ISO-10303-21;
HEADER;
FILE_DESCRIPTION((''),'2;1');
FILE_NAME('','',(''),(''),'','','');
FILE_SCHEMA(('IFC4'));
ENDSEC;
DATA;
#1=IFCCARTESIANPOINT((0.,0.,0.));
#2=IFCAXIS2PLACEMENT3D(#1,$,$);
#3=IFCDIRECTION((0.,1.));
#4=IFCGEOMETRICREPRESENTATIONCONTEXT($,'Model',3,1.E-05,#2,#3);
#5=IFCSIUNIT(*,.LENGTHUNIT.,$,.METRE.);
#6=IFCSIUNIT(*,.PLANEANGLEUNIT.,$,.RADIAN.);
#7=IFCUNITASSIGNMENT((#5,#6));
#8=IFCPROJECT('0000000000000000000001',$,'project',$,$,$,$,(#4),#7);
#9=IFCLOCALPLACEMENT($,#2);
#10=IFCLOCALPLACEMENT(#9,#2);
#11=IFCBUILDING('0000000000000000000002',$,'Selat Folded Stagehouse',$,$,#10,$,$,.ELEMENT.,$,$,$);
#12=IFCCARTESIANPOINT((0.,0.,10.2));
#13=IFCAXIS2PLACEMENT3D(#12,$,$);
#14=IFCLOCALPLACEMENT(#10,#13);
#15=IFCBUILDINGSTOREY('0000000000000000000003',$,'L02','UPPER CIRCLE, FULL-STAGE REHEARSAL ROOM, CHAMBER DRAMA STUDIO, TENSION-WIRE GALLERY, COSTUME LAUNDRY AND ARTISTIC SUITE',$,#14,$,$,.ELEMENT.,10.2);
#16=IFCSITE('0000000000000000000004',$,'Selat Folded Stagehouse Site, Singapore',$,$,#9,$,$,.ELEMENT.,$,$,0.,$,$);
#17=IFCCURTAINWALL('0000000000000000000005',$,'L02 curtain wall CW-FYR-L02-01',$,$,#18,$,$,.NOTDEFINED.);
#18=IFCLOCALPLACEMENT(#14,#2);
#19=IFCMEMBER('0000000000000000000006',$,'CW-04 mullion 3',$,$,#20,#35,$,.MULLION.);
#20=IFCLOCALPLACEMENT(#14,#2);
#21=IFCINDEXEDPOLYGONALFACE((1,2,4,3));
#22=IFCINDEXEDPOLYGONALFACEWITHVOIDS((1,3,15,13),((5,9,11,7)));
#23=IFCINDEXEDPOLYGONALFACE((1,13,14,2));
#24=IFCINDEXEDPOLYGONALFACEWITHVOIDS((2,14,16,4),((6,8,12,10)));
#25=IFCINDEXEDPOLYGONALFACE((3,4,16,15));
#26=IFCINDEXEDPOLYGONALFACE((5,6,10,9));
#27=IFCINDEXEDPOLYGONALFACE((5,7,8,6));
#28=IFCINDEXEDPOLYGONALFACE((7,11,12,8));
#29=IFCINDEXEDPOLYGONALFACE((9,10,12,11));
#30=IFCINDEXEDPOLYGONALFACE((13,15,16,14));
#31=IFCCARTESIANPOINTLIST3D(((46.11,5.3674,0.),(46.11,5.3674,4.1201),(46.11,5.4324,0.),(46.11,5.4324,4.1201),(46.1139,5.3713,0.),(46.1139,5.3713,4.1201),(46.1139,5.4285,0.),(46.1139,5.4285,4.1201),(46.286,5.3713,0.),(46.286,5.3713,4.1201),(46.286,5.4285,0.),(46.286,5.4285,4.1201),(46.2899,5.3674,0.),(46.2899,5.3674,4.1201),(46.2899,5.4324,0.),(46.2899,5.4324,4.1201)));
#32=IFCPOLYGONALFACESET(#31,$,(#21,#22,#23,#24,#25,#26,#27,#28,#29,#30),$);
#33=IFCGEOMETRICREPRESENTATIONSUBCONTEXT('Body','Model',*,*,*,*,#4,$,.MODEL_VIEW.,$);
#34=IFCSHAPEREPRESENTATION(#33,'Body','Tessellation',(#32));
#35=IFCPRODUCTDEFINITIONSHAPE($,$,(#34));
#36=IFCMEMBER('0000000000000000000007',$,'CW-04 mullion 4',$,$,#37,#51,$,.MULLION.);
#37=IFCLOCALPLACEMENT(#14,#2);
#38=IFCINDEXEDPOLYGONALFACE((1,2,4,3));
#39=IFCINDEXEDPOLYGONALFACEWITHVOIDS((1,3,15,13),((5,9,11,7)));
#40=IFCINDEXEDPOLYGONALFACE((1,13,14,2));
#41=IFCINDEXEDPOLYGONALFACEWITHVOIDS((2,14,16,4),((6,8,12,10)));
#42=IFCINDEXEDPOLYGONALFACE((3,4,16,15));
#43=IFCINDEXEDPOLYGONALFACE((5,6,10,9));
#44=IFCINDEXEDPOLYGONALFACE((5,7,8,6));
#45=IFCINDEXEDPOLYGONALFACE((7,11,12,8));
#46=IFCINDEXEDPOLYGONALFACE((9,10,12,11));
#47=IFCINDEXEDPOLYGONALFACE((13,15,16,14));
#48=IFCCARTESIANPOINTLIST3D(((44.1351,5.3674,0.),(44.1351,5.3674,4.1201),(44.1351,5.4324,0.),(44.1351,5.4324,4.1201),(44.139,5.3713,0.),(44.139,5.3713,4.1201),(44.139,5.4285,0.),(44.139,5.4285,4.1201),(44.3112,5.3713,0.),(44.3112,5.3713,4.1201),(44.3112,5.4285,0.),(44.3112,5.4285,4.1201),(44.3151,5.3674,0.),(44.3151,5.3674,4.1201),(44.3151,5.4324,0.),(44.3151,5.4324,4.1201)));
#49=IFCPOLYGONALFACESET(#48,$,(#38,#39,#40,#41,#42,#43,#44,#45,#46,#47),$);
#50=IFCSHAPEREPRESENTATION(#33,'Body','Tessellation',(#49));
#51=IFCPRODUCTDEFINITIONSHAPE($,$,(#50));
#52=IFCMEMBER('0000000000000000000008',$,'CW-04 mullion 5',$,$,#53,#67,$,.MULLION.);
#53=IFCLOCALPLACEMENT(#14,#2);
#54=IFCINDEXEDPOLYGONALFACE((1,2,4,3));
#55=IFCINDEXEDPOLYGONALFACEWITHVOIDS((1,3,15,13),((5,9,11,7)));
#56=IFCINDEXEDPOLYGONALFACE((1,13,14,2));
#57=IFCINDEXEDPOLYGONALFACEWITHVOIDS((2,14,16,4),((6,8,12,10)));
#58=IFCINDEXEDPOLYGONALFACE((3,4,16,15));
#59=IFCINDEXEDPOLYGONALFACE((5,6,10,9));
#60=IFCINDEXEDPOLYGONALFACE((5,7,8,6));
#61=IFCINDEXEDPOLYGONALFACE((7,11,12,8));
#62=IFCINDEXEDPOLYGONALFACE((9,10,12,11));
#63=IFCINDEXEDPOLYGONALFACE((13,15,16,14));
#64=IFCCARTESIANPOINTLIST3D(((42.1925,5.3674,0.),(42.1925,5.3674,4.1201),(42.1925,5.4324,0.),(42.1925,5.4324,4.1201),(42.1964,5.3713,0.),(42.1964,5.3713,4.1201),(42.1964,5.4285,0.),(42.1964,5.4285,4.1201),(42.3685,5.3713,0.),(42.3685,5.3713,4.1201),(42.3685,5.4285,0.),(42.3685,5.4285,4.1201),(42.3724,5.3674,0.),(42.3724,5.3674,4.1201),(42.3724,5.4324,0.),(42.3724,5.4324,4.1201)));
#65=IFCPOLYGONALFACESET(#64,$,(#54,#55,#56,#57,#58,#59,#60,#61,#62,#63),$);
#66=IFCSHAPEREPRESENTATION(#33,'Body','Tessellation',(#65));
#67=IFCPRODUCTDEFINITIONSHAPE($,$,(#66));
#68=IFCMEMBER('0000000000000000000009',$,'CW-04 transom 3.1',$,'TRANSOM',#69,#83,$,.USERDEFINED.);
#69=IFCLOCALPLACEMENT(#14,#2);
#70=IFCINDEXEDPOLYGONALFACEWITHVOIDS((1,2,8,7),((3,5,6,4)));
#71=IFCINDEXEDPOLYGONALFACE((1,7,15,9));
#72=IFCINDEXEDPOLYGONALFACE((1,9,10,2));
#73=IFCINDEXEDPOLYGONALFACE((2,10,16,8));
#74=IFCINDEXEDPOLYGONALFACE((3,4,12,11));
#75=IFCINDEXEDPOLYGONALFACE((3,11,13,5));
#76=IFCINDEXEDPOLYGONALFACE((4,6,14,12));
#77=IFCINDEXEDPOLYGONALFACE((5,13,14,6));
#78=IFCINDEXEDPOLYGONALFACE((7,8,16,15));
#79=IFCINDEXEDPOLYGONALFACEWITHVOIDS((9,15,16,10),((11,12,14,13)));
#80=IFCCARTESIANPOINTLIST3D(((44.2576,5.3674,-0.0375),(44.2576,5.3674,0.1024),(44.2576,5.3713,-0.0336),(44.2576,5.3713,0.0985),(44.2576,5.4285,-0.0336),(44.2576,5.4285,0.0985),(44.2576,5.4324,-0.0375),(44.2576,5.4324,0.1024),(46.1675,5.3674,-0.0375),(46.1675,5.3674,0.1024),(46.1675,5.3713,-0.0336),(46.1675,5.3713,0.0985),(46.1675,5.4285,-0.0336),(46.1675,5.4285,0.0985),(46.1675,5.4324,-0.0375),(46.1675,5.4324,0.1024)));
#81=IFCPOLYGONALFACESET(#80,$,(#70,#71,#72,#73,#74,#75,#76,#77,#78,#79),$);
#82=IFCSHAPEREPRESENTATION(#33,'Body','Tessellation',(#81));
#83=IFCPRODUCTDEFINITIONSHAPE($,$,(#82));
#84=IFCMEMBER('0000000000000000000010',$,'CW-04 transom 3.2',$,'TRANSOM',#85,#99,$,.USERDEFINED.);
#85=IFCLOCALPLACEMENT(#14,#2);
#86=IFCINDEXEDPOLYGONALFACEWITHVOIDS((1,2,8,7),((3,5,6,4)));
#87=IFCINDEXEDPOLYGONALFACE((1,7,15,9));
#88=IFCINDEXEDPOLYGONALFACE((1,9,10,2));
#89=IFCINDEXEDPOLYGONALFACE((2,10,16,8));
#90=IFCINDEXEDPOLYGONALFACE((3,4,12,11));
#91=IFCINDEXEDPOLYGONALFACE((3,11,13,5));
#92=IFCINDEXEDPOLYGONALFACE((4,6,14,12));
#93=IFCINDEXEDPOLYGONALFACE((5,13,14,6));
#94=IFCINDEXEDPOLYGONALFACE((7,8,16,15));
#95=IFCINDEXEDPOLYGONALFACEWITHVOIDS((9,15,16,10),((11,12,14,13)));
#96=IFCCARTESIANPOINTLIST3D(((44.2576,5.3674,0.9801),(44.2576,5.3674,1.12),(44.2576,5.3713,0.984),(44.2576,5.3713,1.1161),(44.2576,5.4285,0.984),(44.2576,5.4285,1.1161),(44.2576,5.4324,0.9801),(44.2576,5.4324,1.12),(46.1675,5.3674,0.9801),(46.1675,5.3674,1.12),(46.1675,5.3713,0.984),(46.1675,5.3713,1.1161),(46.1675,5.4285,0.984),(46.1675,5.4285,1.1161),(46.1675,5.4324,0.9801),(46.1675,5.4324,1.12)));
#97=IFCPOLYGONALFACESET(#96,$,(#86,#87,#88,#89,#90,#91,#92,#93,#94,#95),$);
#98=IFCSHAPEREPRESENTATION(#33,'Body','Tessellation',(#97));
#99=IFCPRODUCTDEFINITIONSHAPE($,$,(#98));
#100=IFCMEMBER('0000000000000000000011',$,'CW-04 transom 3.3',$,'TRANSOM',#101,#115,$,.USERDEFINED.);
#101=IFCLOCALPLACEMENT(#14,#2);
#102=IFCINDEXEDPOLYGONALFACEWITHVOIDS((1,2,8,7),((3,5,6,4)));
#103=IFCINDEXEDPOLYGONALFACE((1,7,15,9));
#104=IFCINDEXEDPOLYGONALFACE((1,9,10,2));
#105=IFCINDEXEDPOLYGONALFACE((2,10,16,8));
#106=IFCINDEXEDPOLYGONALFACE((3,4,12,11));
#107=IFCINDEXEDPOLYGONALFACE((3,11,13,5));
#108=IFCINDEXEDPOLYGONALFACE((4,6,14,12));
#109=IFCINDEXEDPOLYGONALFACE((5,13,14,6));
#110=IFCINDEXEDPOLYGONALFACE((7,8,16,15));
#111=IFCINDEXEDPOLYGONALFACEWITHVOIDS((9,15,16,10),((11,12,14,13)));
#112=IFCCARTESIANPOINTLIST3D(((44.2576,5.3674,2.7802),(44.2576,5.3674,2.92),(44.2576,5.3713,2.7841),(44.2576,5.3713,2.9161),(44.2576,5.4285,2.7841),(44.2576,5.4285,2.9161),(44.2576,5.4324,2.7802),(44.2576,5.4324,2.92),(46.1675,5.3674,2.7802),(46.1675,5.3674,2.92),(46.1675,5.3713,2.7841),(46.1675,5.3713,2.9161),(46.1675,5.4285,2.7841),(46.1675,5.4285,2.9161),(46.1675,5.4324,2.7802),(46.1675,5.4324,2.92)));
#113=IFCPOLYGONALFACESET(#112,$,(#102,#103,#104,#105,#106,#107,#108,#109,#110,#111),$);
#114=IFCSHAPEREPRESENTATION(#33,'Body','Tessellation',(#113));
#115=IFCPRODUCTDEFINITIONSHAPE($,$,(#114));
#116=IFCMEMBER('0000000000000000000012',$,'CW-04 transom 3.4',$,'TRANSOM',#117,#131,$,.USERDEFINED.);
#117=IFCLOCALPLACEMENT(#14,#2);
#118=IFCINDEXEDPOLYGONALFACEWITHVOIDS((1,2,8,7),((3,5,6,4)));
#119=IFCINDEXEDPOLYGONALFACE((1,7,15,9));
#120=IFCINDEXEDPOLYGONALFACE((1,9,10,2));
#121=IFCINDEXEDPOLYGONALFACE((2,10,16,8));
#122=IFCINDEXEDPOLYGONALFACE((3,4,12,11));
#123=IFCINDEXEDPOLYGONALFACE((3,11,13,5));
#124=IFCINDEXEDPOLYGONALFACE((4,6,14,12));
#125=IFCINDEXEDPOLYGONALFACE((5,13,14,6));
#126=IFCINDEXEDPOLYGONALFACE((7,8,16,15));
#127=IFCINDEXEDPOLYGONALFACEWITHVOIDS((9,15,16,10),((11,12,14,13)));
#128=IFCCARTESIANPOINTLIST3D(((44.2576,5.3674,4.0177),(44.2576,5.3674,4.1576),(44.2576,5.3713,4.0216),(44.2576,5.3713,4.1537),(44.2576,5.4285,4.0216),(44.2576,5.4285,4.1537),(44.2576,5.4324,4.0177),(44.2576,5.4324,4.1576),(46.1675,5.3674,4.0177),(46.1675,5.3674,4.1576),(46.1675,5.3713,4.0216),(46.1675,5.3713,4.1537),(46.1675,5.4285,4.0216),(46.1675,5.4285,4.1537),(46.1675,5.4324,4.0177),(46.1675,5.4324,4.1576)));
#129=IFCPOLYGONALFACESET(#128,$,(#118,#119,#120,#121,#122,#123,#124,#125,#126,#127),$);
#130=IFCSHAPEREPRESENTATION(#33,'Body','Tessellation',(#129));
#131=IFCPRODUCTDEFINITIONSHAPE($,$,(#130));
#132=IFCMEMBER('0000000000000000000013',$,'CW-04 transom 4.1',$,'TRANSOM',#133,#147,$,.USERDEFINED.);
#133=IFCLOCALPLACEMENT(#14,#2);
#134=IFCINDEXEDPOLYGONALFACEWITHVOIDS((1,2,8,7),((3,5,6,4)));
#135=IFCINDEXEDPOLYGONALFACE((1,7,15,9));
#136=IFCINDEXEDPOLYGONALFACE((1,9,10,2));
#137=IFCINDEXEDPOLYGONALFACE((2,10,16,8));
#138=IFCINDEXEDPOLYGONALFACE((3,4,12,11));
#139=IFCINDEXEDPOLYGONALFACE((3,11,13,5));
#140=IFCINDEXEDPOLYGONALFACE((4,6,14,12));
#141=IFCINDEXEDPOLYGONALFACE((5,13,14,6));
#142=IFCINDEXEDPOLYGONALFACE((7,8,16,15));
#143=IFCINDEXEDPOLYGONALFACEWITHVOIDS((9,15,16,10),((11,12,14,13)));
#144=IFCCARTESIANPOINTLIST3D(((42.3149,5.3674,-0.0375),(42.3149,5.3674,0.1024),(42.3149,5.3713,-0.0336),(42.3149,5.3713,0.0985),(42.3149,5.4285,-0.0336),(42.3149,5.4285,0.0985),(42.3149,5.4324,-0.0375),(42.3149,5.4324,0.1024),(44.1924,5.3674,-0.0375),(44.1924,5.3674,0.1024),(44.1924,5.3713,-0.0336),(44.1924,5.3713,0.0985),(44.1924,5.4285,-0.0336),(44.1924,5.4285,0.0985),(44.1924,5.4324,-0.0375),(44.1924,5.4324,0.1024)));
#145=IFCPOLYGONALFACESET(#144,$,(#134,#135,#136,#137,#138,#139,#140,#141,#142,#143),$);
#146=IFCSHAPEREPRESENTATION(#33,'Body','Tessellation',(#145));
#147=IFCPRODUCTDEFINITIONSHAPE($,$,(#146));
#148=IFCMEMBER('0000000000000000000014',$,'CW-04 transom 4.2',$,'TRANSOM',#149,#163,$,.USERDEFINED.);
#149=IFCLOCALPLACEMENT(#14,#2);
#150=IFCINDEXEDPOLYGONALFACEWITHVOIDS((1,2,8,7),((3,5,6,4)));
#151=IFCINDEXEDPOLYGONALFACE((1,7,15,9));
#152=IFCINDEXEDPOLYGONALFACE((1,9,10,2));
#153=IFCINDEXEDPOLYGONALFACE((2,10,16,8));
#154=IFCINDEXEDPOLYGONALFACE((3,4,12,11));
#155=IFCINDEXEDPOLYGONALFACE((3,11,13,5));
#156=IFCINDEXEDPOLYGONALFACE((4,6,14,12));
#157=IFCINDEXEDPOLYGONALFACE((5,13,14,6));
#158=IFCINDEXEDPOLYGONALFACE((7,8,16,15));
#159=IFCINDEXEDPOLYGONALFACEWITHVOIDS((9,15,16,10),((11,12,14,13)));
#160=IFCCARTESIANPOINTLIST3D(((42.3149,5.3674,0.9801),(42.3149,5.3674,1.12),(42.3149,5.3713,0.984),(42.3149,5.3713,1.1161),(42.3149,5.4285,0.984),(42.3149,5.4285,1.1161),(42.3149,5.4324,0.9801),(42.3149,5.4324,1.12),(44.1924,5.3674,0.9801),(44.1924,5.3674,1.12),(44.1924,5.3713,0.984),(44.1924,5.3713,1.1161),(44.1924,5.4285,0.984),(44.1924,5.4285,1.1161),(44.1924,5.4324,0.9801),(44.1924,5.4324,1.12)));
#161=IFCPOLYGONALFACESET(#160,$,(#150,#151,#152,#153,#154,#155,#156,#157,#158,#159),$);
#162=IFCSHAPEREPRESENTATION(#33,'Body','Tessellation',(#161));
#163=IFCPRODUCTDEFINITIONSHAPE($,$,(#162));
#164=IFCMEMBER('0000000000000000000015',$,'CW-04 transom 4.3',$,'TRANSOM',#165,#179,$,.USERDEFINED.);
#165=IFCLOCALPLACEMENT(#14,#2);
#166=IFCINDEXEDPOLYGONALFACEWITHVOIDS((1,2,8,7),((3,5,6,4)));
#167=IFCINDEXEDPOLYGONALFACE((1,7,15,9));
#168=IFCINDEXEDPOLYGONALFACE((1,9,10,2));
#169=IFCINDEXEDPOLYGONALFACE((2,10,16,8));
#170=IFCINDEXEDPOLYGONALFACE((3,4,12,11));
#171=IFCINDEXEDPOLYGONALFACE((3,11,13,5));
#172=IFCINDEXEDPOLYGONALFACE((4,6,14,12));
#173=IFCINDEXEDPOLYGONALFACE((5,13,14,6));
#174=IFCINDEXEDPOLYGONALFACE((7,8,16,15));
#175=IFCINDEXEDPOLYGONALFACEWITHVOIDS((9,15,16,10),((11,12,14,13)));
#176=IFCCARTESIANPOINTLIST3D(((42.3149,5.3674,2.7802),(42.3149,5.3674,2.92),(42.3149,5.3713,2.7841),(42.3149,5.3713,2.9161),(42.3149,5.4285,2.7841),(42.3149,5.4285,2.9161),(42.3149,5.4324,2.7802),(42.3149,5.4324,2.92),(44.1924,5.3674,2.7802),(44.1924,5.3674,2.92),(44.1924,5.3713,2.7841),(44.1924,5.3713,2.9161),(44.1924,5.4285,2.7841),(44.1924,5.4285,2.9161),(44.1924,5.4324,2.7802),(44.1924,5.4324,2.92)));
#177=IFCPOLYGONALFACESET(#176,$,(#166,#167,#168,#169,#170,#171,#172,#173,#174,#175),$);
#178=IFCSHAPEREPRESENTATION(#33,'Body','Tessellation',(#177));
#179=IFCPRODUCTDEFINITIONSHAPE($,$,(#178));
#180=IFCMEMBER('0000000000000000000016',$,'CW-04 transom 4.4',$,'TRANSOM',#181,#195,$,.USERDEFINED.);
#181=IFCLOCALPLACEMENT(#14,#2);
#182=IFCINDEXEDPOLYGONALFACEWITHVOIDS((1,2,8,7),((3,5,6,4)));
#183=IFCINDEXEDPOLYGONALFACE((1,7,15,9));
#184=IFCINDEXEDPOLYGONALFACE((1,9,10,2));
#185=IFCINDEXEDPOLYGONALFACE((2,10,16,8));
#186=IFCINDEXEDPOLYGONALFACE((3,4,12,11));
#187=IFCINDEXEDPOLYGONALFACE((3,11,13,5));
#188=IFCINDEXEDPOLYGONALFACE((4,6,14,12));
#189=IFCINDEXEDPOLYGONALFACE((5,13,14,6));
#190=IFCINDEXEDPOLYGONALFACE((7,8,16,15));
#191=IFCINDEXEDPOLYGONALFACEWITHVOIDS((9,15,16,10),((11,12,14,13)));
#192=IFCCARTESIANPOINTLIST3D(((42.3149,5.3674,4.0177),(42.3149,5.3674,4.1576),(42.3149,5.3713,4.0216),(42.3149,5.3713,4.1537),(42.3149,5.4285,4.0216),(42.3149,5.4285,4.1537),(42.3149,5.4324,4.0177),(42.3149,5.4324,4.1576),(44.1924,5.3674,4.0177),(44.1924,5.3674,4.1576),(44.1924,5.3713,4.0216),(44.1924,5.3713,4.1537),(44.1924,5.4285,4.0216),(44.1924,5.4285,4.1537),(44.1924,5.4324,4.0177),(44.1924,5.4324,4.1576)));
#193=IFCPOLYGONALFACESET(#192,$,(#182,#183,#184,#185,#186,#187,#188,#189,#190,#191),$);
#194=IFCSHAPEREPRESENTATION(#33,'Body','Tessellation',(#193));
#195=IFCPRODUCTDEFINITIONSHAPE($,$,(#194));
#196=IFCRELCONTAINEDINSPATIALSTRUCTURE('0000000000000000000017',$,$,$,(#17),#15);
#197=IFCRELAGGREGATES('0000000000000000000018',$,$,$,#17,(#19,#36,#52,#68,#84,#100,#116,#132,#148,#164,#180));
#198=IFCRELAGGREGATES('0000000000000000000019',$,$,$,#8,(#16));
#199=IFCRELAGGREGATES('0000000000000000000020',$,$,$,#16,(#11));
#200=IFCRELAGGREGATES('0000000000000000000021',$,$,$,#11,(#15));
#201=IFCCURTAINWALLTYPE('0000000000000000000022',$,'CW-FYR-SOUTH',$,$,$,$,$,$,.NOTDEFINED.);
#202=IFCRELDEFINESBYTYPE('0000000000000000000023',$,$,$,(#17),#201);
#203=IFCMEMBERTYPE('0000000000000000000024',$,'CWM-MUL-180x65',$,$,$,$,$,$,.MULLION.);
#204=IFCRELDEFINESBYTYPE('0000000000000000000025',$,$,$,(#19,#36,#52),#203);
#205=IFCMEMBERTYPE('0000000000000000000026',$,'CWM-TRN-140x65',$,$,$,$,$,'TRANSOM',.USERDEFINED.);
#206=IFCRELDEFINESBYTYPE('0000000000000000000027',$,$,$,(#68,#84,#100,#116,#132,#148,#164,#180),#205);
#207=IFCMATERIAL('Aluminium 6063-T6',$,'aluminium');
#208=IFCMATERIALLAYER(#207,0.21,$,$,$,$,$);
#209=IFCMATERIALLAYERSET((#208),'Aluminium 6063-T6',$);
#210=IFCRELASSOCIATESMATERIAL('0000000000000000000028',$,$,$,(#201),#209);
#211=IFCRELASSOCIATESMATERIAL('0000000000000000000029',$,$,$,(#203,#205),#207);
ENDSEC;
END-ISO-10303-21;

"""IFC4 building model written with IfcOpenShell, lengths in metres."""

from ifc_helpers import new_model, si_unit, direction, frame, origin, origin_2d, place, context, subcontext, project, spatial, hollow_rectangle, extrude, material, layer, layer_set, material_profile, profile_set, type_object, element, aggregate, save


model = new_model("IFC4")

# Units and contexts
model_context = context("Model", 3, precision=1e-05, world=origin(), true_north=direction((0.0, 1.0)))
body_context = subcontext(model_context, "Body", "Model", "MODEL_VIEW")
ifc_project = project(units=[si_unit("LENGTHUNIT", "METRE"), si_unit("PLANEANGLEUNIT", "RADIAN")], contexts=[model_context])

# Site, building, storey
site_placement = place(None, origin())
site = spatial("IfcSite", under=ifc_project, at=site_placement, Name="Selat Folded Stagehouse Site, Singapore", CompositionType="ELEMENT", RefElevation=0.0)
building_placement = place(site_placement, origin())
building = spatial("IfcBuilding", under=site, at=building_placement, Name="Selat Folded Stagehouse", CompositionType="ELEMENT")
storey_placement = place(building_placement, frame((0.0, 0.0, 10.2)))
storey = spatial("IfcBuildingStorey", under=building, at=storey_placement, Name="L02", Description="UPPER CIRCLE, FULL-STAGE REHEARSAL ROOM, CHAMBER DRAMA STUDIO, TENSION-WIRE GALLERY, COSTUME LAUNDRY AND ARTISTIC SUITE", CompositionType="ELEMENT", Elevation=10.2)

# Curtain wall, members
ifc_material_1 = material(Name="Aluminium 6063-T6", Category="aluminium")
ifc_layer_1 = layer(ifc_material_1, 0.21)
ifc_layer_set_1 = layer_set([ifc_layer_1], Name="Aluminium 6063-T6")
curtain_wall_type = type_object("IfcCurtainWallType", Name="CW-FYR-SOUTH", PredefinedType="NOTDEFINED", material=ifc_layer_set_1)
curtain_wall_placement = place(storey_placement, origin())
curtain_wall = element("IfcCurtainWall", 1, at=curtain_wall_placement, inside=storey, type_object=curtain_wall_type, Name="L02 curtain wall CW-FYR-L02-01", PredefinedType="NOTDEFINED")
ifc_material_profile_1 = material_profile(ifc_material_1, hollow_rectangle(XDim=0.0649, YDim=0.1799, WallThickness=0.0039, at=origin_2d()), Name="ALU 180x65x4.0")
ifc_profile_set_1 = profile_set([ifc_material_profile_1], Name="Aluminium 6063-T6")
member_type_1 = type_object("IfcMemberType", Name="CWM-MUL-180x65", PredefinedType="MULLION", material=ifc_profile_set_1)
member_1_placement = place(storey_placement, frame((46.2, 5.3999, 0.0), z_axis=(0.0, 0.0, 1.0), x_axis=(0.0, -1.0, 0.0)))
member_1 = element("IfcMember", 2, at=member_1_placement, type_object=member_type_1, Name="CW-04 mullion 3", PredefinedType="MULLION", context=body_context, shape_type="SweptSolid", body=[
    extrude(hollow_rectangle(XDim=0.0649, YDim=0.1799, WallThickness=0.0039, at=origin_2d()), origin(), (0.0, 0.0, 1.0), 4.1201),
])
member_2_placement = place(storey_placement, frame((44.2251, 5.3999, 0.0), z_axis=(0.0, 0.0, 1.0), x_axis=(0.0, -1.0, 0.0)))
member_2 = element("IfcMember", 3, at=member_2_placement, type_object=member_type_1, Name="CW-04 mullion 4", PredefinedType="MULLION", context=body_context, shape_type="SweptSolid", body=[
    extrude(hollow_rectangle(XDim=0.0649, YDim=0.1799, WallThickness=0.0039, at=origin_2d()), origin(), (0.0, 0.0, 1.0), 4.1201),
])
member_3_placement = place(storey_placement, frame((42.2825, 5.3999, 0.0), z_axis=(0.0, 0.0, 1.0), x_axis=(0.0, -1.0, 0.0)))
member_3 = element("IfcMember", 4, at=member_3_placement, type_object=member_type_1, Name="CW-04 mullion 5", PredefinedType="MULLION", context=body_context, shape_type="SweptSolid", body=[
    extrude(hollow_rectangle(XDim=0.0649, YDim=0.1799, WallThickness=0.0039, at=origin_2d()), origin(), (0.0, 0.0, 1.0), 4.1201),
])
ifc_material_profile_2 = material_profile(ifc_material_1, hollow_rectangle(XDim=0.0649, YDim=0.1399, WallThickness=0.0039, at=origin_2d()), Name="ALU 140x65x4.0")
ifc_profile_set_2 = profile_set([ifc_material_profile_2], Name="Aluminium 6063-T6")
member_type_2 = type_object("IfcMemberType", Name="CWM-TRN-140x65", ElementType="TRANSOM", PredefinedType="USERDEFINED", material=ifc_profile_set_2)
member_4_placement = place(storey_placement, frame((46.1675, 5.3999, 0.0325), z_axis=(-1.0, 0.0, 0.0), x_axis=(0.0, -1.0, 0.0)))
member_4 = element("IfcMember", 5, at=member_4_placement, type_object=member_type_2, Name="CW-04 transom 3.1", ObjectType="TRANSOM", PredefinedType="USERDEFINED", context=body_context, shape_type="SweptSolid", body=[
    extrude(hollow_rectangle(XDim=0.0649, YDim=0.1399, WallThickness=0.0039, at=origin_2d()), origin(), (0.0, 0.0, 1.0), 1.9099),
])
member_5_placement = place(storey_placement, frame((46.1675, 5.3999, 1.05), z_axis=(-1.0, 0.0, 0.0), x_axis=(0.0, -1.0, 0.0)))
member_5 = element("IfcMember", 6, at=member_5_placement, type_object=member_type_2, Name="CW-04 transom 3.2", ObjectType="TRANSOM", PredefinedType="USERDEFINED", context=body_context, shape_type="SweptSolid", body=[
    extrude(hollow_rectangle(XDim=0.0649, YDim=0.1399, WallThickness=0.0039, at=origin_2d()), origin(), (0.0, 0.0, 1.0), 1.9099),
])
member_6_placement = place(storey_placement, frame((46.1675, 5.3999, 2.8501), z_axis=(-1.0, 0.0, 0.0), x_axis=(0.0, -1.0, 0.0)))
member_6 = element("IfcMember", 7, at=member_6_placement, type_object=member_type_2, Name="CW-04 transom 3.3", ObjectType="TRANSOM", PredefinedType="USERDEFINED", context=body_context, shape_type="SweptSolid", body=[
    extrude(hollow_rectangle(XDim=0.0649, YDim=0.1399, WallThickness=0.0039, at=origin_2d()), origin(), (0.0, 0.0, 1.0), 1.9099),
])
member_7_placement = place(storey_placement, frame((46.1675, 5.3999, 4.0876), z_axis=(-1.0, 0.0, 0.0), x_axis=(0.0, -1.0, 0.0)))
member_7 = element("IfcMember", 8, at=member_7_placement, type_object=member_type_2, Name="CW-04 transom 3.4", ObjectType="TRANSOM", PredefinedType="USERDEFINED", context=body_context, shape_type="SweptSolid", body=[
    extrude(hollow_rectangle(XDim=0.0649, YDim=0.1399, WallThickness=0.0039, at=origin_2d()), origin(), (0.0, 0.0, 1.0), 1.9099),
])
member_8_placement = place(storey_placement, frame((44.1924, 5.3999, 0.0325), z_axis=(-1.0, 0.0, 0.0), x_axis=(0.0, -1.0, 0.0)))
member_8 = element("IfcMember", 9, at=member_8_placement, type_object=member_type_2, Name="CW-04 transom 4.1", ObjectType="TRANSOM", PredefinedType="USERDEFINED", context=body_context, shape_type="SweptSolid", body=[
    extrude(hollow_rectangle(XDim=0.0649, YDim=0.1399, WallThickness=0.0039, at=origin_2d()), origin(), (0.0, 0.0, 1.0), 1.8774),
])
member_9_placement = place(storey_placement, frame((44.1924, 5.3999, 1.05), z_axis=(-1.0, 0.0, 0.0), x_axis=(0.0, -1.0, 0.0)))
member_9 = element("IfcMember", 10, at=member_9_placement, type_object=member_type_2, Name="CW-04 transom 4.2", ObjectType="TRANSOM", PredefinedType="USERDEFINED", context=body_context, shape_type="SweptSolid", body=[
    extrude(hollow_rectangle(XDim=0.0649, YDim=0.1399, WallThickness=0.0039, at=origin_2d()), origin(), (0.0, 0.0, 1.0), 1.8774),
])
member_10_placement = place(storey_placement, frame((44.1924, 5.3999, 2.8501), z_axis=(-1.0, 0.0, 0.0), x_axis=(0.0, -1.0, 0.0)))
member_10 = element("IfcMember", 11, at=member_10_placement, type_object=member_type_2, Name="CW-04 transom 4.3", ObjectType="TRANSOM", PredefinedType="USERDEFINED", context=body_context, shape_type="SweptSolid", body=[
    extrude(hollow_rectangle(XDim=0.0649, YDim=0.1399, WallThickness=0.0039, at=origin_2d()), origin(), (0.0, 0.0, 1.0), 1.8774),
])
member_11_placement = place(storey_placement, frame((44.1924, 5.3999, 4.0876), z_axis=(-1.0, 0.0, 0.0), x_axis=(0.0, -1.0, 0.0)))
member_11 = element("IfcMember", 12, at=member_11_placement, type_object=member_type_2, Name="CW-04 transom 4.4", ObjectType="TRANSOM", PredefinedType="USERDEFINED", context=body_context, shape_type="SweptSolid", body=[
    extrude(hollow_rectangle(XDim=0.0649, YDim=0.1399, WallThickness=0.0039, at=origin_2d()), origin(), (0.0, 0.0, 1.0), 1.8774),
])

aggregate(curtain_wall, [member_1, member_2, member_3, member_4, member_5, member_6, member_7, member_8, member_9, member_10, member_11])

save(model, "model.ifc")
